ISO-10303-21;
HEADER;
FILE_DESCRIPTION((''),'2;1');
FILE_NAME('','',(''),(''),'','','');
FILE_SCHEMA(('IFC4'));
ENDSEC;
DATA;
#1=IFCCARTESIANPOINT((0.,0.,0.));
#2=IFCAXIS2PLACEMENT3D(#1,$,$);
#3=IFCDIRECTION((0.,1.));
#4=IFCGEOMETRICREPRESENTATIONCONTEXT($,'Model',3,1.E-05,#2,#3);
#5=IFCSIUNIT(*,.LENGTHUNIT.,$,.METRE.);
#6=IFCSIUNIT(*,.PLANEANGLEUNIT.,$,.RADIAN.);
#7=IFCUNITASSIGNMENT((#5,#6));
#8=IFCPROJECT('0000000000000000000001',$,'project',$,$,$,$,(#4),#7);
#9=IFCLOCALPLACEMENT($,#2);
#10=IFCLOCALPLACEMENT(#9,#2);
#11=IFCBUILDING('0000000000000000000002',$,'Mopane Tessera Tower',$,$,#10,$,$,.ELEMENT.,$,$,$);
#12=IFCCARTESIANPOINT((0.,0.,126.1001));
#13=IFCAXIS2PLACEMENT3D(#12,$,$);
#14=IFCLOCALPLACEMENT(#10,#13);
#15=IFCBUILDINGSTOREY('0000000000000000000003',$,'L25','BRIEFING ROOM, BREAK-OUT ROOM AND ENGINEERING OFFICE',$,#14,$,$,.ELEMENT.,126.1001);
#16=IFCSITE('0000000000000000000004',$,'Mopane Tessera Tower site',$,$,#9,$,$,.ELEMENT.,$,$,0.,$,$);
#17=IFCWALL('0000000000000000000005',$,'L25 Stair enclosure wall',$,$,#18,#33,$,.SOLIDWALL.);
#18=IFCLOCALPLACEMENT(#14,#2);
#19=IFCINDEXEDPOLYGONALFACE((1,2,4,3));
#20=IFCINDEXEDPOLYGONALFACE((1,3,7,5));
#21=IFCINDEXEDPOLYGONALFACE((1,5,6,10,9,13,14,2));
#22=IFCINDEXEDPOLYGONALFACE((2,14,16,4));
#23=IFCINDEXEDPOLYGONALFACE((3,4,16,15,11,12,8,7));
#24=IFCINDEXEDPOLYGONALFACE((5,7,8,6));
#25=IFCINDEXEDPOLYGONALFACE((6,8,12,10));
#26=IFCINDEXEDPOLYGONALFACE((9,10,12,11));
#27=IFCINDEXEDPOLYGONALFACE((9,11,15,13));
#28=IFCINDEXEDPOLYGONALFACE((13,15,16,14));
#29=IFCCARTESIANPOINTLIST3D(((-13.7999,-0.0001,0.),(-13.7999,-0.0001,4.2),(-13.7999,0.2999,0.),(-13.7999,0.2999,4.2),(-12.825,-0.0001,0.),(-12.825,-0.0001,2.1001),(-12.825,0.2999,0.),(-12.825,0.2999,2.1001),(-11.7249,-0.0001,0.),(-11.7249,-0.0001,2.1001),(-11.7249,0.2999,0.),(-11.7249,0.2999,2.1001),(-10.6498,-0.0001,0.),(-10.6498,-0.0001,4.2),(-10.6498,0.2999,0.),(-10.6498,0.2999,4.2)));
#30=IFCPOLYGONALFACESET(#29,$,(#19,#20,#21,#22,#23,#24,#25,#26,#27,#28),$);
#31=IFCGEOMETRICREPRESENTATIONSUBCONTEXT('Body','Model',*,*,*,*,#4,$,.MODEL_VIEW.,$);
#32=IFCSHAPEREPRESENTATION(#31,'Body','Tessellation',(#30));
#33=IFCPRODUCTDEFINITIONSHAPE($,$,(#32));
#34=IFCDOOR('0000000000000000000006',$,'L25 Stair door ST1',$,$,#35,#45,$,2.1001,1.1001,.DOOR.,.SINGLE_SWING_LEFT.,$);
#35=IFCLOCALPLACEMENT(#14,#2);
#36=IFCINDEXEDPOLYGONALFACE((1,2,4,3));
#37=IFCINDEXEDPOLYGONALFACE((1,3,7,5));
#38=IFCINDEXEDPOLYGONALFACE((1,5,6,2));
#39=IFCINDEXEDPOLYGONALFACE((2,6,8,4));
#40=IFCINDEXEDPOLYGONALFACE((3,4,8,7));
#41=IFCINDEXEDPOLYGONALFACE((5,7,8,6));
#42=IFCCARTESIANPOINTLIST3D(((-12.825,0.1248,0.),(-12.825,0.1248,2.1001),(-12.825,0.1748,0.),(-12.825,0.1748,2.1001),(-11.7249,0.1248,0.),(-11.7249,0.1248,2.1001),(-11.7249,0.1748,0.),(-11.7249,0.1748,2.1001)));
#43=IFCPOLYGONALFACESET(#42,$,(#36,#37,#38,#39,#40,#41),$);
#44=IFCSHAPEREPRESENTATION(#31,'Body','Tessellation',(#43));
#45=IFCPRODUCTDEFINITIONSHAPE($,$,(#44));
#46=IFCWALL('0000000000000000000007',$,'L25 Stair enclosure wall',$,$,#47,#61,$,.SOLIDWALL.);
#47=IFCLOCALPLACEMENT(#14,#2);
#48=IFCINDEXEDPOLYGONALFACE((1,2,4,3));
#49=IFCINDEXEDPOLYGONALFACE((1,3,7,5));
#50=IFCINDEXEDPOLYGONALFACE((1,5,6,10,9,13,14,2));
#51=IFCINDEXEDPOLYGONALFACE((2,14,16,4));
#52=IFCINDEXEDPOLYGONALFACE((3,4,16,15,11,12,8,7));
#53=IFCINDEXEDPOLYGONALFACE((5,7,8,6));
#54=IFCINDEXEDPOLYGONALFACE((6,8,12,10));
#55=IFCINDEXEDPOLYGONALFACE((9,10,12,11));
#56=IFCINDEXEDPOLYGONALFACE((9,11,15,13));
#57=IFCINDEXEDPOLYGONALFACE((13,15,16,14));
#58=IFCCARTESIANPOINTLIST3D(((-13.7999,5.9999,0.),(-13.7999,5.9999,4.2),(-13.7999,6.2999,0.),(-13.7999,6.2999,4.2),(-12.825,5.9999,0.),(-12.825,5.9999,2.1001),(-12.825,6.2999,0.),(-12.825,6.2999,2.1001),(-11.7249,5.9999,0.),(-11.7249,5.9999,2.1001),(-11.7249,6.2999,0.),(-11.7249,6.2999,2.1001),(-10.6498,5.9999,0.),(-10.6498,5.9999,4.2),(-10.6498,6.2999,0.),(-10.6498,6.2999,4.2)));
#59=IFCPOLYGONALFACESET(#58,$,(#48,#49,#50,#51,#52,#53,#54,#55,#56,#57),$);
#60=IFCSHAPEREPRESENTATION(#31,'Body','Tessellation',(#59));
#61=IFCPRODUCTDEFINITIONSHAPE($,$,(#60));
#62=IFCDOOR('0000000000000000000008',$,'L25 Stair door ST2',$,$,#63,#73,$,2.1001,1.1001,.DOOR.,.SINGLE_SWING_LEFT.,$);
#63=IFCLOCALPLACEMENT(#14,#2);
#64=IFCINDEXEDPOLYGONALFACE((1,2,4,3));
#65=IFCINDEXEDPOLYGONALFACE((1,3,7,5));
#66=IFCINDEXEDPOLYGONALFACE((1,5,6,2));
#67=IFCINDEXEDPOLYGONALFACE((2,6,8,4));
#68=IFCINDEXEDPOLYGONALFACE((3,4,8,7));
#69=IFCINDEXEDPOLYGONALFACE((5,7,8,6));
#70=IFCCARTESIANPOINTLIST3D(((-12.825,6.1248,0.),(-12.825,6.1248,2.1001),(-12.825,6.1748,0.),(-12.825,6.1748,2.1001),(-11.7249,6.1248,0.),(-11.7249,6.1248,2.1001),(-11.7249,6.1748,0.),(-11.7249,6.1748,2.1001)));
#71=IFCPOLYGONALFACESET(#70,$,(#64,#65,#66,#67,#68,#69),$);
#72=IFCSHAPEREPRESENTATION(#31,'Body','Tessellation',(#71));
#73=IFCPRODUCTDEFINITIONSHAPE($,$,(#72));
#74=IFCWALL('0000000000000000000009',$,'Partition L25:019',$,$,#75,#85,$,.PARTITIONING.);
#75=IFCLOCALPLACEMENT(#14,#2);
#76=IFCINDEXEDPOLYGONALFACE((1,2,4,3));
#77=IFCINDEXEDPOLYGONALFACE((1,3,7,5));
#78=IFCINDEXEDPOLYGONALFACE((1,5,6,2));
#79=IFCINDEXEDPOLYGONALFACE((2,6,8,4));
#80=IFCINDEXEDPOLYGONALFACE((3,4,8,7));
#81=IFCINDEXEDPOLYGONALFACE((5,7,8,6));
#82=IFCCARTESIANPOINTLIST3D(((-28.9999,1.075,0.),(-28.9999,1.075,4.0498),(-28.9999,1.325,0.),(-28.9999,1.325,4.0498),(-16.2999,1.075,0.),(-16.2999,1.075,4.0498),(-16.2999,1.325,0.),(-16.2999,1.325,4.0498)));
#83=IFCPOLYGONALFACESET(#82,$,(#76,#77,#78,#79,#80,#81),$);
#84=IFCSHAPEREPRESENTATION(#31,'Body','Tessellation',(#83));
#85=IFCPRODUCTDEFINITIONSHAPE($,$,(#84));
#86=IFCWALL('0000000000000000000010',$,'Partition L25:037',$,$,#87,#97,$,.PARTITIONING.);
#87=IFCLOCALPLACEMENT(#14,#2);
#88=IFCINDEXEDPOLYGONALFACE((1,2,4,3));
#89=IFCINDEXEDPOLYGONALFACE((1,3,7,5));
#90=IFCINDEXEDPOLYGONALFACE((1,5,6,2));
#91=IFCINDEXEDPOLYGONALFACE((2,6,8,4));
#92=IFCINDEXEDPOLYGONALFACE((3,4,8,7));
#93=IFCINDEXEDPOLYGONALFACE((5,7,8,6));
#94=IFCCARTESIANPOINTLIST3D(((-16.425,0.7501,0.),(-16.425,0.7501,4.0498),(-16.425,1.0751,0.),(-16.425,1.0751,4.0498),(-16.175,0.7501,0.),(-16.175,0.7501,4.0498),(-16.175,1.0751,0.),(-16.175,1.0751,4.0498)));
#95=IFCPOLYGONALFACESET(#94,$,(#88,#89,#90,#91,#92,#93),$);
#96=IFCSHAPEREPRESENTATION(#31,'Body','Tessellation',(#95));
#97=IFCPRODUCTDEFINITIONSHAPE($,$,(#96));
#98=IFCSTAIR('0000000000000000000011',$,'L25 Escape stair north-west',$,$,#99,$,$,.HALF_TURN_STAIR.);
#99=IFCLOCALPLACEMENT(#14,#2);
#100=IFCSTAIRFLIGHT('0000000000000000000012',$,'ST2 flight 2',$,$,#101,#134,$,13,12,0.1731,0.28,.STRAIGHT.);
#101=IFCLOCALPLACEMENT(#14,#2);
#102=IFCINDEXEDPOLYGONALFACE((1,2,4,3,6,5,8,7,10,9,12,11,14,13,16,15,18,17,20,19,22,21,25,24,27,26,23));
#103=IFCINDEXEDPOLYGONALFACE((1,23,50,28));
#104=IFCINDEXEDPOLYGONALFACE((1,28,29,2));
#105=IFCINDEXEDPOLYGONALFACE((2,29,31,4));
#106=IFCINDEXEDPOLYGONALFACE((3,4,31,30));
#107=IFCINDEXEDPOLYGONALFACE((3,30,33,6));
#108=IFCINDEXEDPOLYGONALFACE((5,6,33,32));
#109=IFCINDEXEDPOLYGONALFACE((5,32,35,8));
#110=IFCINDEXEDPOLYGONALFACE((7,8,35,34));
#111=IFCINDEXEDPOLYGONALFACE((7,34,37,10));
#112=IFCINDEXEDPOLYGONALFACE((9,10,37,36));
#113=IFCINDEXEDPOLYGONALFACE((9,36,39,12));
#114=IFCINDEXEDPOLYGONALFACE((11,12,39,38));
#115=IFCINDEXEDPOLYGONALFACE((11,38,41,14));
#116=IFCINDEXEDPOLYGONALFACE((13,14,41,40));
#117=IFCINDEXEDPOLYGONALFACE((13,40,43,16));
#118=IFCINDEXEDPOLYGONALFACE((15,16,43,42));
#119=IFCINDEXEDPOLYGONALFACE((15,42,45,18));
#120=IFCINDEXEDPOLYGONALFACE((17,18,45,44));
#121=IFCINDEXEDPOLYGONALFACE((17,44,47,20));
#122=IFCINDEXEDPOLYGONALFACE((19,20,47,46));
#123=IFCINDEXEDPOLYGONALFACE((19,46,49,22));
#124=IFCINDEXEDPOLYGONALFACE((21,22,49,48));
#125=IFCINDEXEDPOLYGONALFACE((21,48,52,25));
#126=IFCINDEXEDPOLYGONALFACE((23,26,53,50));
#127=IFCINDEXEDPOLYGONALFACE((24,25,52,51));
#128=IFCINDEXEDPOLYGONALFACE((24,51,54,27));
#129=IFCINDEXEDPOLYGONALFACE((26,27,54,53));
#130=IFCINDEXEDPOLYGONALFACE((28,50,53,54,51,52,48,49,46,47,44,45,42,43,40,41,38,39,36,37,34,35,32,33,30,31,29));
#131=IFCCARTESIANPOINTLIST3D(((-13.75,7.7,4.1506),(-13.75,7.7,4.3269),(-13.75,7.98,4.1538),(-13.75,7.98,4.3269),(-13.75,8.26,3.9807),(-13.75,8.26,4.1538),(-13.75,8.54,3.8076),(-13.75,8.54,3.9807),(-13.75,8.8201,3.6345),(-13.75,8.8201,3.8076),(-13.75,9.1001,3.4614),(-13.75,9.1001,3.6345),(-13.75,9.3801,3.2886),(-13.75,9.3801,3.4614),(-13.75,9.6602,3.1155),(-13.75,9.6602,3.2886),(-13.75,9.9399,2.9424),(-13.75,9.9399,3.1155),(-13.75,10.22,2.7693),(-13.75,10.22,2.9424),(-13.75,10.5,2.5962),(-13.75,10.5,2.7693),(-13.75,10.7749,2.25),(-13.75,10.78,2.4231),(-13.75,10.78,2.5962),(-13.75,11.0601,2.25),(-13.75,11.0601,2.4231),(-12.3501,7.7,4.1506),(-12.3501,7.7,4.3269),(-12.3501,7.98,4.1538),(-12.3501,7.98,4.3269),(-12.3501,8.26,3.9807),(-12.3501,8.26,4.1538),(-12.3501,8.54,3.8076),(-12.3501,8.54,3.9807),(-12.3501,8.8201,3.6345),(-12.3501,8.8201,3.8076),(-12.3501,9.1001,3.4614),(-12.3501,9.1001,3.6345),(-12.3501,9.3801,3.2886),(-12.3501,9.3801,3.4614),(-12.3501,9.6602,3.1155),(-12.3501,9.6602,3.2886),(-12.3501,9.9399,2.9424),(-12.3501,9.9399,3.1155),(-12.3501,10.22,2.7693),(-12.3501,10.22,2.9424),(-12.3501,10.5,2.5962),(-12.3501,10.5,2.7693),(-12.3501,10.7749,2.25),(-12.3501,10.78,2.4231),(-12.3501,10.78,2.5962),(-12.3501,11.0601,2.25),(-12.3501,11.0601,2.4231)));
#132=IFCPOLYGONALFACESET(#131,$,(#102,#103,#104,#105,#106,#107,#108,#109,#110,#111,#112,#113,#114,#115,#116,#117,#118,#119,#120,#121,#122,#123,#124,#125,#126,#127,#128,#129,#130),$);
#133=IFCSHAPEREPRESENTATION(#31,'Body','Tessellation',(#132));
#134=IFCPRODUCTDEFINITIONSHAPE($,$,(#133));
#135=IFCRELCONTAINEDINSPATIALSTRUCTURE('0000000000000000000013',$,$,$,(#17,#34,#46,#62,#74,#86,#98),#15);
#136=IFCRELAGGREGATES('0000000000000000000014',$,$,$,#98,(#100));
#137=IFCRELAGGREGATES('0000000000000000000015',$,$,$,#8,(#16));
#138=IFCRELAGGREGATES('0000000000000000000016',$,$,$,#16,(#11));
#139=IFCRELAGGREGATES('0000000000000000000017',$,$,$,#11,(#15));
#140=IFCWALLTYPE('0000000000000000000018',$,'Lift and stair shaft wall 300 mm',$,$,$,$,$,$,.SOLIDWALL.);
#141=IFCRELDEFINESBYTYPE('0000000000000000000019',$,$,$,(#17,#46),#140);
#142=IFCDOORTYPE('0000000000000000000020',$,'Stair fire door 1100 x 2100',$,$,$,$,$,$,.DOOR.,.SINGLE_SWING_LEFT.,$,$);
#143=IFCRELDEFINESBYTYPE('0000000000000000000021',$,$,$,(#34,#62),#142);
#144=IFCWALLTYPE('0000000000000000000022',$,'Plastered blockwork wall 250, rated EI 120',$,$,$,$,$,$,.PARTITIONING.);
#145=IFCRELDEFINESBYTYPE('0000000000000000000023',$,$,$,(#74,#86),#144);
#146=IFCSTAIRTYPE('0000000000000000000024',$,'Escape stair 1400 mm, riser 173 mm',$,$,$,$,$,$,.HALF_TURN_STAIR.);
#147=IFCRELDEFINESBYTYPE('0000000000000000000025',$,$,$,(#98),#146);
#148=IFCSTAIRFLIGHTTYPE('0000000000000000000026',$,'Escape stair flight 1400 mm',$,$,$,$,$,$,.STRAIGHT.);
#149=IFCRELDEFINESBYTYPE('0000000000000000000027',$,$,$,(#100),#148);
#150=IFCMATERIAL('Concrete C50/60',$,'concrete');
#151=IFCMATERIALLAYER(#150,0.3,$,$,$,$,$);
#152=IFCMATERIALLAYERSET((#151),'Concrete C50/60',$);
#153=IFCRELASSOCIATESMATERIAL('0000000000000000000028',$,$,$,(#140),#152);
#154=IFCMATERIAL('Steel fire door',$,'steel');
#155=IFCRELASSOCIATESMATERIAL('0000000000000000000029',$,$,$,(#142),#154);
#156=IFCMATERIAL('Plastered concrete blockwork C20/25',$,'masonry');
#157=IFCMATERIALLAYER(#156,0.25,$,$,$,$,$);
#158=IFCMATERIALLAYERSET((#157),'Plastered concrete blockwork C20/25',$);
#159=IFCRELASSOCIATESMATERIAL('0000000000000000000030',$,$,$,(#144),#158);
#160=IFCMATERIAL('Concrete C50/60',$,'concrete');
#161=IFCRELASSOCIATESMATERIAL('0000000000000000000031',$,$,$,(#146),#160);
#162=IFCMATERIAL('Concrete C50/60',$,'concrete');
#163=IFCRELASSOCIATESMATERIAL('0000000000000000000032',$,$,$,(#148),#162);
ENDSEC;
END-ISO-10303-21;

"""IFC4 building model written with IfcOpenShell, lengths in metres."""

from ifc_helpers import new_model, si_unit, direction, frame, frame_2d, origin, place, context, subcontext, project, spatial, polyline, rectangle, outline, extrude, material, layer, layer_set, type_object, element, fill, aggregate, save


model = new_model("IFC4")

# Units and contexts
model_context = context("Model", 3, precision=1e-05, world=origin(), true_north=direction((0.0, 1.0)))
body_context = subcontext(model_context, "Body", "Model", "MODEL_VIEW")
ifc_project = project(units=[si_unit("LENGTHUNIT", "METRE"), si_unit("PLANEANGLEUNIT", "RADIAN")], contexts=[model_context])

# Site, building, storey
site_placement = place(None, origin())
site = spatial("IfcSite", under=ifc_project, at=site_placement, Name="Mopane Tessera Tower site", CompositionType="ELEMENT", RefElevation=0.0)
building_placement = place(site_placement, origin())
building = spatial("IfcBuilding", under=site, at=building_placement, Name="Mopane Tessera Tower", CompositionType="ELEMENT")
storey_placement = place(building_placement, frame((0.0, 0.0, 126.1001)))
storey = spatial("IfcBuildingStorey", under=building, at=storey_placement, Name="L25", Description="BRIEFING ROOM, BREAK-OUT ROOM AND ENGINEERING OFFICE", CompositionType="ELEMENT", Elevation=126.1001)

# Walls, openings, doors
ifc_material_1 = material(Name="Concrete C50/60", Category="concrete")
ifc_layer_1 = layer(ifc_material_1, 0.3)
ifc_layer_set_1 = layer_set([ifc_layer_1], Name="Concrete C50/60")
wall_type_1 = type_object("IfcWallType", Name="Lift and stair shaft wall 300 mm", PredefinedType="SOLIDWALL", material=ifc_layer_set_1)
wall_1_placement = place(storey_placement, frame((-13.8, 0.1499, 0.0), z_axis=(0.0, 0.0, 1.0), x_axis=(1.0, 0.0, 0.0)))
wall_1 = element("IfcWall", 1, at=wall_1_placement, inside=storey, type_object=wall_type_1, Name="L25 Stair enclosure wall", PredefinedType="SOLIDWALL", context=body_context, shape_type="SweptSolid", body=[
    extrude(rectangle(XDim=3.1501, YDim=0.3, at=frame_2d((1.5752, 0.0))), origin(), (0.0, 0.0, 1.0), 4.2),
])
opening_1_placement = place(wall_1_placement, frame((0.9751, 0.0, 0.0)))
opening_1 = element("IfcOpeningElement", 2, at=opening_1_placement, cuts=wall_1, PredefinedType="OPENING", context=body_context, shape_type="SweptSolid", body=[
    extrude(rectangle(XDim=1.1001, YDim=2.1001, at=frame_2d((0.55, 1.05))), frame((0.0, 0.1621, 0.0), z_axis=(0.0, -1.0, 0.0), x_axis=(1.0, 0.0, 0.0)), (0.0, 0.0, 1.0), 0.324),
])
ifc_material_2 = material(Name="Steel fire door", Category="steel")
door_type_1 = type_object("IfcDoorType", Name="Stair fire door 1100 x 2100", OperationType="SINGLE_SWING_LEFT", PredefinedType="DOOR", material=ifc_material_2)
door_1_placement = place(opening_1_placement, origin())
door_1 = element("IfcDoor", 3, at=door_1_placement, inside=storey, type_object=door_type_1, Name="L25 Stair door ST1", OperationType="SINGLE_SWING_LEFT", OverallHeight=2.1001, OverallWidth=1.1001, PredefinedType="DOOR", context=body_context, shape_type="SweptSolid", body=[
    extrude(rectangle(XDim=1.1001, YDim=2.1001, at=frame_2d((0.55, 1.05))), frame((0.0, 0.0249, 0.0), z_axis=(0.0, -1.0, 0.0), x_axis=(1.0, 0.0, 0.0)), (0.0, 0.0, 1.0), 0.05),
])
fill(opening_1, door_1)
wall_2_placement = place(storey_placement, frame((-13.8, 6.1499, 0.0), z_axis=(0.0, 0.0, 1.0), x_axis=(1.0, 0.0, 0.0)))
wall_2 = element("IfcWall", 4, at=wall_2_placement, inside=storey, type_object=wall_type_1, Name="L25 Stair enclosure wall", PredefinedType="SOLIDWALL", context=body_context, shape_type="SweptSolid", body=[
    extrude(rectangle(XDim=3.1501, YDim=0.3, at=frame_2d((1.5752, 0.0))), origin(), (0.0, 0.0, 1.0), 4.2),
])
opening_2_placement = place(wall_2_placement, frame((0.9751, 0.0, 0.0)))
opening_2 = element("IfcOpeningElement", 5, at=opening_2_placement, cuts=wall_2, PredefinedType="OPENING", context=body_context, shape_type="SweptSolid", body=[
    extrude(rectangle(XDim=1.1001, YDim=2.1001, at=frame_2d((0.55, 1.05))), frame((0.0, 0.1621, 0.0), z_axis=(0.0, -1.0, 0.0), x_axis=(1.0, 0.0, 0.0)), (0.0, 0.0, 1.0), 0.324),
])
door_2_placement = place(opening_2_placement, origin())
door_2 = element("IfcDoor", 6, at=door_2_placement, inside=storey, type_object=door_type_1, Name="L25 Stair door ST2", OperationType="SINGLE_SWING_LEFT", OverallHeight=2.1001, OverallWidth=1.1001, PredefinedType="DOOR", context=body_context, shape_type="SweptSolid", body=[
    extrude(rectangle(XDim=1.1001, YDim=2.1001, at=frame_2d((0.55, 1.05))), frame((0.0, 0.0249, 0.0), z_axis=(0.0, -1.0, 0.0), x_axis=(1.0, 0.0, 0.0)), (0.0, 0.0, 1.0), 0.05),
])
fill(opening_2, door_2)

# Walls
ifc_material_3 = material(Name="Plastered concrete blockwork C20/25", Category="masonry")
ifc_layer_2 = layer(ifc_material_3, 0.25)
ifc_layer_set_2 = layer_set([ifc_layer_2], Name="Plastered concrete blockwork C20/25")
wall_type_2 = type_object("IfcWallType", Name="Plastered blockwork wall 250, rated EI 120", PredefinedType="PARTITIONING", material=ifc_layer_set_2)
wall_3_placement = place(storey_placement, frame((-29.0, 1.2, 0.0), z_axis=(0.0, 0.0, 1.0), x_axis=(1.0, 0.0, 0.0)))
element("IfcWall", 7, at=wall_3_placement, inside=storey, type_object=wall_type_2, Name="Partition L25:019", PredefinedType="PARTITIONING", context=body_context, shape_type="SweptSolid", body=[
    extrude(rectangle(XDim=12.7, YDim=0.25, at=frame_2d((6.3501, 0.0))), origin(), (0.0, 0.0, 1.0), 4.0498),
])
wall_4_placement = place(storey_placement, frame((-16.3, 0.75, 0.0), z_axis=(0.0, 0.0, 1.0), x_axis=(0.0, 1.0, 0.0)))
element("IfcWall", 8, at=wall_4_placement, inside=storey, type_object=wall_type_2, Name="Partition L25:037", PredefinedType="PARTITIONING", context=body_context, shape_type="SweptSolid", body=[
    extrude(rectangle(XDim=0.325, YDim=0.25, at=frame_2d((0.1626, 0.0))), origin(), (0.0, 0.0, 1.0), 4.0498),
])

# Stair, stair flight
ifc_material_4 = material(Name="Concrete C50/60", Category="concrete")
stair_type = type_object("IfcStairType", Name="Escape stair 1400 mm, riser 173 mm", PredefinedType="HALF_TURN_STAIR", material=ifc_material_4)
stair_placement = place(storey_placement, origin())
stair = element("IfcStair", 9, at=stair_placement, inside=storey, type_object=stair_type, Name="L25 Escape stair north-west", PredefinedType="HALF_TURN_STAIR")
ifc_material_5 = material(Name="Concrete C50/60", Category="concrete")
stair_flight_type = type_object("IfcStairFlightType", Name="Escape stair flight 1400 mm", PredefinedType="STRAIGHT", material=ifc_material_5)
stair_flight_placement = place(storey_placement, frame((-13.05, 11.0601, 2.25), z_axis=(0.0, 0.0, 1.0), x_axis=(0.0, -1.0, 0.0)))
stair_flight = element("IfcStairFlight", 10, at=stair_flight_placement, type_object=stair_flight_type, Name="ST2 flight 2", NumberOfRisers=13, NumberOfTreads=12, PredefinedType="STRAIGHT", RiserHeight=0.1731, TreadLength=0.28, context=body_context, shape_type="SweptSolid", body=[
    extrude(outline(polyline([(0.0, 0.0), (0.0, 0.1731), (0.28, 0.1731), (0.28, 0.3462), (0.5601, 0.3462), (0.5601, 0.5193), (0.8401, 0.5193), (0.8401, 0.6924), (1.1201, 0.6924), (1.1201, 0.8655), (1.3999, 0.8655), (1.3999, 1.0386), (1.6799, 1.0386), (1.6799, 1.2114), (1.96, 1.2114), (1.96, 1.3845), (2.24, 1.3845), (2.24, 1.5576), (2.52, 1.5576), (2.52, 1.7307), (2.8, 1.7307), (2.8, 1.9038), (3.0801, 1.9038), (3.0801, 2.0769), (3.3601, 2.0769), (3.3601, 2.25), (3.3601, 1.9006), (0.2852, 0.0), (0.0, 0.0)])), frame((0.0, 0.7, 0.0), z_axis=(0.0, -1.0, 0.0), x_axis=(1.0, 0.0, 0.0)), (0.0, 0.0, 1.0), 1.3999),
])
aggregate(stair, [stair_flight])

save(model, "model.ifc")
